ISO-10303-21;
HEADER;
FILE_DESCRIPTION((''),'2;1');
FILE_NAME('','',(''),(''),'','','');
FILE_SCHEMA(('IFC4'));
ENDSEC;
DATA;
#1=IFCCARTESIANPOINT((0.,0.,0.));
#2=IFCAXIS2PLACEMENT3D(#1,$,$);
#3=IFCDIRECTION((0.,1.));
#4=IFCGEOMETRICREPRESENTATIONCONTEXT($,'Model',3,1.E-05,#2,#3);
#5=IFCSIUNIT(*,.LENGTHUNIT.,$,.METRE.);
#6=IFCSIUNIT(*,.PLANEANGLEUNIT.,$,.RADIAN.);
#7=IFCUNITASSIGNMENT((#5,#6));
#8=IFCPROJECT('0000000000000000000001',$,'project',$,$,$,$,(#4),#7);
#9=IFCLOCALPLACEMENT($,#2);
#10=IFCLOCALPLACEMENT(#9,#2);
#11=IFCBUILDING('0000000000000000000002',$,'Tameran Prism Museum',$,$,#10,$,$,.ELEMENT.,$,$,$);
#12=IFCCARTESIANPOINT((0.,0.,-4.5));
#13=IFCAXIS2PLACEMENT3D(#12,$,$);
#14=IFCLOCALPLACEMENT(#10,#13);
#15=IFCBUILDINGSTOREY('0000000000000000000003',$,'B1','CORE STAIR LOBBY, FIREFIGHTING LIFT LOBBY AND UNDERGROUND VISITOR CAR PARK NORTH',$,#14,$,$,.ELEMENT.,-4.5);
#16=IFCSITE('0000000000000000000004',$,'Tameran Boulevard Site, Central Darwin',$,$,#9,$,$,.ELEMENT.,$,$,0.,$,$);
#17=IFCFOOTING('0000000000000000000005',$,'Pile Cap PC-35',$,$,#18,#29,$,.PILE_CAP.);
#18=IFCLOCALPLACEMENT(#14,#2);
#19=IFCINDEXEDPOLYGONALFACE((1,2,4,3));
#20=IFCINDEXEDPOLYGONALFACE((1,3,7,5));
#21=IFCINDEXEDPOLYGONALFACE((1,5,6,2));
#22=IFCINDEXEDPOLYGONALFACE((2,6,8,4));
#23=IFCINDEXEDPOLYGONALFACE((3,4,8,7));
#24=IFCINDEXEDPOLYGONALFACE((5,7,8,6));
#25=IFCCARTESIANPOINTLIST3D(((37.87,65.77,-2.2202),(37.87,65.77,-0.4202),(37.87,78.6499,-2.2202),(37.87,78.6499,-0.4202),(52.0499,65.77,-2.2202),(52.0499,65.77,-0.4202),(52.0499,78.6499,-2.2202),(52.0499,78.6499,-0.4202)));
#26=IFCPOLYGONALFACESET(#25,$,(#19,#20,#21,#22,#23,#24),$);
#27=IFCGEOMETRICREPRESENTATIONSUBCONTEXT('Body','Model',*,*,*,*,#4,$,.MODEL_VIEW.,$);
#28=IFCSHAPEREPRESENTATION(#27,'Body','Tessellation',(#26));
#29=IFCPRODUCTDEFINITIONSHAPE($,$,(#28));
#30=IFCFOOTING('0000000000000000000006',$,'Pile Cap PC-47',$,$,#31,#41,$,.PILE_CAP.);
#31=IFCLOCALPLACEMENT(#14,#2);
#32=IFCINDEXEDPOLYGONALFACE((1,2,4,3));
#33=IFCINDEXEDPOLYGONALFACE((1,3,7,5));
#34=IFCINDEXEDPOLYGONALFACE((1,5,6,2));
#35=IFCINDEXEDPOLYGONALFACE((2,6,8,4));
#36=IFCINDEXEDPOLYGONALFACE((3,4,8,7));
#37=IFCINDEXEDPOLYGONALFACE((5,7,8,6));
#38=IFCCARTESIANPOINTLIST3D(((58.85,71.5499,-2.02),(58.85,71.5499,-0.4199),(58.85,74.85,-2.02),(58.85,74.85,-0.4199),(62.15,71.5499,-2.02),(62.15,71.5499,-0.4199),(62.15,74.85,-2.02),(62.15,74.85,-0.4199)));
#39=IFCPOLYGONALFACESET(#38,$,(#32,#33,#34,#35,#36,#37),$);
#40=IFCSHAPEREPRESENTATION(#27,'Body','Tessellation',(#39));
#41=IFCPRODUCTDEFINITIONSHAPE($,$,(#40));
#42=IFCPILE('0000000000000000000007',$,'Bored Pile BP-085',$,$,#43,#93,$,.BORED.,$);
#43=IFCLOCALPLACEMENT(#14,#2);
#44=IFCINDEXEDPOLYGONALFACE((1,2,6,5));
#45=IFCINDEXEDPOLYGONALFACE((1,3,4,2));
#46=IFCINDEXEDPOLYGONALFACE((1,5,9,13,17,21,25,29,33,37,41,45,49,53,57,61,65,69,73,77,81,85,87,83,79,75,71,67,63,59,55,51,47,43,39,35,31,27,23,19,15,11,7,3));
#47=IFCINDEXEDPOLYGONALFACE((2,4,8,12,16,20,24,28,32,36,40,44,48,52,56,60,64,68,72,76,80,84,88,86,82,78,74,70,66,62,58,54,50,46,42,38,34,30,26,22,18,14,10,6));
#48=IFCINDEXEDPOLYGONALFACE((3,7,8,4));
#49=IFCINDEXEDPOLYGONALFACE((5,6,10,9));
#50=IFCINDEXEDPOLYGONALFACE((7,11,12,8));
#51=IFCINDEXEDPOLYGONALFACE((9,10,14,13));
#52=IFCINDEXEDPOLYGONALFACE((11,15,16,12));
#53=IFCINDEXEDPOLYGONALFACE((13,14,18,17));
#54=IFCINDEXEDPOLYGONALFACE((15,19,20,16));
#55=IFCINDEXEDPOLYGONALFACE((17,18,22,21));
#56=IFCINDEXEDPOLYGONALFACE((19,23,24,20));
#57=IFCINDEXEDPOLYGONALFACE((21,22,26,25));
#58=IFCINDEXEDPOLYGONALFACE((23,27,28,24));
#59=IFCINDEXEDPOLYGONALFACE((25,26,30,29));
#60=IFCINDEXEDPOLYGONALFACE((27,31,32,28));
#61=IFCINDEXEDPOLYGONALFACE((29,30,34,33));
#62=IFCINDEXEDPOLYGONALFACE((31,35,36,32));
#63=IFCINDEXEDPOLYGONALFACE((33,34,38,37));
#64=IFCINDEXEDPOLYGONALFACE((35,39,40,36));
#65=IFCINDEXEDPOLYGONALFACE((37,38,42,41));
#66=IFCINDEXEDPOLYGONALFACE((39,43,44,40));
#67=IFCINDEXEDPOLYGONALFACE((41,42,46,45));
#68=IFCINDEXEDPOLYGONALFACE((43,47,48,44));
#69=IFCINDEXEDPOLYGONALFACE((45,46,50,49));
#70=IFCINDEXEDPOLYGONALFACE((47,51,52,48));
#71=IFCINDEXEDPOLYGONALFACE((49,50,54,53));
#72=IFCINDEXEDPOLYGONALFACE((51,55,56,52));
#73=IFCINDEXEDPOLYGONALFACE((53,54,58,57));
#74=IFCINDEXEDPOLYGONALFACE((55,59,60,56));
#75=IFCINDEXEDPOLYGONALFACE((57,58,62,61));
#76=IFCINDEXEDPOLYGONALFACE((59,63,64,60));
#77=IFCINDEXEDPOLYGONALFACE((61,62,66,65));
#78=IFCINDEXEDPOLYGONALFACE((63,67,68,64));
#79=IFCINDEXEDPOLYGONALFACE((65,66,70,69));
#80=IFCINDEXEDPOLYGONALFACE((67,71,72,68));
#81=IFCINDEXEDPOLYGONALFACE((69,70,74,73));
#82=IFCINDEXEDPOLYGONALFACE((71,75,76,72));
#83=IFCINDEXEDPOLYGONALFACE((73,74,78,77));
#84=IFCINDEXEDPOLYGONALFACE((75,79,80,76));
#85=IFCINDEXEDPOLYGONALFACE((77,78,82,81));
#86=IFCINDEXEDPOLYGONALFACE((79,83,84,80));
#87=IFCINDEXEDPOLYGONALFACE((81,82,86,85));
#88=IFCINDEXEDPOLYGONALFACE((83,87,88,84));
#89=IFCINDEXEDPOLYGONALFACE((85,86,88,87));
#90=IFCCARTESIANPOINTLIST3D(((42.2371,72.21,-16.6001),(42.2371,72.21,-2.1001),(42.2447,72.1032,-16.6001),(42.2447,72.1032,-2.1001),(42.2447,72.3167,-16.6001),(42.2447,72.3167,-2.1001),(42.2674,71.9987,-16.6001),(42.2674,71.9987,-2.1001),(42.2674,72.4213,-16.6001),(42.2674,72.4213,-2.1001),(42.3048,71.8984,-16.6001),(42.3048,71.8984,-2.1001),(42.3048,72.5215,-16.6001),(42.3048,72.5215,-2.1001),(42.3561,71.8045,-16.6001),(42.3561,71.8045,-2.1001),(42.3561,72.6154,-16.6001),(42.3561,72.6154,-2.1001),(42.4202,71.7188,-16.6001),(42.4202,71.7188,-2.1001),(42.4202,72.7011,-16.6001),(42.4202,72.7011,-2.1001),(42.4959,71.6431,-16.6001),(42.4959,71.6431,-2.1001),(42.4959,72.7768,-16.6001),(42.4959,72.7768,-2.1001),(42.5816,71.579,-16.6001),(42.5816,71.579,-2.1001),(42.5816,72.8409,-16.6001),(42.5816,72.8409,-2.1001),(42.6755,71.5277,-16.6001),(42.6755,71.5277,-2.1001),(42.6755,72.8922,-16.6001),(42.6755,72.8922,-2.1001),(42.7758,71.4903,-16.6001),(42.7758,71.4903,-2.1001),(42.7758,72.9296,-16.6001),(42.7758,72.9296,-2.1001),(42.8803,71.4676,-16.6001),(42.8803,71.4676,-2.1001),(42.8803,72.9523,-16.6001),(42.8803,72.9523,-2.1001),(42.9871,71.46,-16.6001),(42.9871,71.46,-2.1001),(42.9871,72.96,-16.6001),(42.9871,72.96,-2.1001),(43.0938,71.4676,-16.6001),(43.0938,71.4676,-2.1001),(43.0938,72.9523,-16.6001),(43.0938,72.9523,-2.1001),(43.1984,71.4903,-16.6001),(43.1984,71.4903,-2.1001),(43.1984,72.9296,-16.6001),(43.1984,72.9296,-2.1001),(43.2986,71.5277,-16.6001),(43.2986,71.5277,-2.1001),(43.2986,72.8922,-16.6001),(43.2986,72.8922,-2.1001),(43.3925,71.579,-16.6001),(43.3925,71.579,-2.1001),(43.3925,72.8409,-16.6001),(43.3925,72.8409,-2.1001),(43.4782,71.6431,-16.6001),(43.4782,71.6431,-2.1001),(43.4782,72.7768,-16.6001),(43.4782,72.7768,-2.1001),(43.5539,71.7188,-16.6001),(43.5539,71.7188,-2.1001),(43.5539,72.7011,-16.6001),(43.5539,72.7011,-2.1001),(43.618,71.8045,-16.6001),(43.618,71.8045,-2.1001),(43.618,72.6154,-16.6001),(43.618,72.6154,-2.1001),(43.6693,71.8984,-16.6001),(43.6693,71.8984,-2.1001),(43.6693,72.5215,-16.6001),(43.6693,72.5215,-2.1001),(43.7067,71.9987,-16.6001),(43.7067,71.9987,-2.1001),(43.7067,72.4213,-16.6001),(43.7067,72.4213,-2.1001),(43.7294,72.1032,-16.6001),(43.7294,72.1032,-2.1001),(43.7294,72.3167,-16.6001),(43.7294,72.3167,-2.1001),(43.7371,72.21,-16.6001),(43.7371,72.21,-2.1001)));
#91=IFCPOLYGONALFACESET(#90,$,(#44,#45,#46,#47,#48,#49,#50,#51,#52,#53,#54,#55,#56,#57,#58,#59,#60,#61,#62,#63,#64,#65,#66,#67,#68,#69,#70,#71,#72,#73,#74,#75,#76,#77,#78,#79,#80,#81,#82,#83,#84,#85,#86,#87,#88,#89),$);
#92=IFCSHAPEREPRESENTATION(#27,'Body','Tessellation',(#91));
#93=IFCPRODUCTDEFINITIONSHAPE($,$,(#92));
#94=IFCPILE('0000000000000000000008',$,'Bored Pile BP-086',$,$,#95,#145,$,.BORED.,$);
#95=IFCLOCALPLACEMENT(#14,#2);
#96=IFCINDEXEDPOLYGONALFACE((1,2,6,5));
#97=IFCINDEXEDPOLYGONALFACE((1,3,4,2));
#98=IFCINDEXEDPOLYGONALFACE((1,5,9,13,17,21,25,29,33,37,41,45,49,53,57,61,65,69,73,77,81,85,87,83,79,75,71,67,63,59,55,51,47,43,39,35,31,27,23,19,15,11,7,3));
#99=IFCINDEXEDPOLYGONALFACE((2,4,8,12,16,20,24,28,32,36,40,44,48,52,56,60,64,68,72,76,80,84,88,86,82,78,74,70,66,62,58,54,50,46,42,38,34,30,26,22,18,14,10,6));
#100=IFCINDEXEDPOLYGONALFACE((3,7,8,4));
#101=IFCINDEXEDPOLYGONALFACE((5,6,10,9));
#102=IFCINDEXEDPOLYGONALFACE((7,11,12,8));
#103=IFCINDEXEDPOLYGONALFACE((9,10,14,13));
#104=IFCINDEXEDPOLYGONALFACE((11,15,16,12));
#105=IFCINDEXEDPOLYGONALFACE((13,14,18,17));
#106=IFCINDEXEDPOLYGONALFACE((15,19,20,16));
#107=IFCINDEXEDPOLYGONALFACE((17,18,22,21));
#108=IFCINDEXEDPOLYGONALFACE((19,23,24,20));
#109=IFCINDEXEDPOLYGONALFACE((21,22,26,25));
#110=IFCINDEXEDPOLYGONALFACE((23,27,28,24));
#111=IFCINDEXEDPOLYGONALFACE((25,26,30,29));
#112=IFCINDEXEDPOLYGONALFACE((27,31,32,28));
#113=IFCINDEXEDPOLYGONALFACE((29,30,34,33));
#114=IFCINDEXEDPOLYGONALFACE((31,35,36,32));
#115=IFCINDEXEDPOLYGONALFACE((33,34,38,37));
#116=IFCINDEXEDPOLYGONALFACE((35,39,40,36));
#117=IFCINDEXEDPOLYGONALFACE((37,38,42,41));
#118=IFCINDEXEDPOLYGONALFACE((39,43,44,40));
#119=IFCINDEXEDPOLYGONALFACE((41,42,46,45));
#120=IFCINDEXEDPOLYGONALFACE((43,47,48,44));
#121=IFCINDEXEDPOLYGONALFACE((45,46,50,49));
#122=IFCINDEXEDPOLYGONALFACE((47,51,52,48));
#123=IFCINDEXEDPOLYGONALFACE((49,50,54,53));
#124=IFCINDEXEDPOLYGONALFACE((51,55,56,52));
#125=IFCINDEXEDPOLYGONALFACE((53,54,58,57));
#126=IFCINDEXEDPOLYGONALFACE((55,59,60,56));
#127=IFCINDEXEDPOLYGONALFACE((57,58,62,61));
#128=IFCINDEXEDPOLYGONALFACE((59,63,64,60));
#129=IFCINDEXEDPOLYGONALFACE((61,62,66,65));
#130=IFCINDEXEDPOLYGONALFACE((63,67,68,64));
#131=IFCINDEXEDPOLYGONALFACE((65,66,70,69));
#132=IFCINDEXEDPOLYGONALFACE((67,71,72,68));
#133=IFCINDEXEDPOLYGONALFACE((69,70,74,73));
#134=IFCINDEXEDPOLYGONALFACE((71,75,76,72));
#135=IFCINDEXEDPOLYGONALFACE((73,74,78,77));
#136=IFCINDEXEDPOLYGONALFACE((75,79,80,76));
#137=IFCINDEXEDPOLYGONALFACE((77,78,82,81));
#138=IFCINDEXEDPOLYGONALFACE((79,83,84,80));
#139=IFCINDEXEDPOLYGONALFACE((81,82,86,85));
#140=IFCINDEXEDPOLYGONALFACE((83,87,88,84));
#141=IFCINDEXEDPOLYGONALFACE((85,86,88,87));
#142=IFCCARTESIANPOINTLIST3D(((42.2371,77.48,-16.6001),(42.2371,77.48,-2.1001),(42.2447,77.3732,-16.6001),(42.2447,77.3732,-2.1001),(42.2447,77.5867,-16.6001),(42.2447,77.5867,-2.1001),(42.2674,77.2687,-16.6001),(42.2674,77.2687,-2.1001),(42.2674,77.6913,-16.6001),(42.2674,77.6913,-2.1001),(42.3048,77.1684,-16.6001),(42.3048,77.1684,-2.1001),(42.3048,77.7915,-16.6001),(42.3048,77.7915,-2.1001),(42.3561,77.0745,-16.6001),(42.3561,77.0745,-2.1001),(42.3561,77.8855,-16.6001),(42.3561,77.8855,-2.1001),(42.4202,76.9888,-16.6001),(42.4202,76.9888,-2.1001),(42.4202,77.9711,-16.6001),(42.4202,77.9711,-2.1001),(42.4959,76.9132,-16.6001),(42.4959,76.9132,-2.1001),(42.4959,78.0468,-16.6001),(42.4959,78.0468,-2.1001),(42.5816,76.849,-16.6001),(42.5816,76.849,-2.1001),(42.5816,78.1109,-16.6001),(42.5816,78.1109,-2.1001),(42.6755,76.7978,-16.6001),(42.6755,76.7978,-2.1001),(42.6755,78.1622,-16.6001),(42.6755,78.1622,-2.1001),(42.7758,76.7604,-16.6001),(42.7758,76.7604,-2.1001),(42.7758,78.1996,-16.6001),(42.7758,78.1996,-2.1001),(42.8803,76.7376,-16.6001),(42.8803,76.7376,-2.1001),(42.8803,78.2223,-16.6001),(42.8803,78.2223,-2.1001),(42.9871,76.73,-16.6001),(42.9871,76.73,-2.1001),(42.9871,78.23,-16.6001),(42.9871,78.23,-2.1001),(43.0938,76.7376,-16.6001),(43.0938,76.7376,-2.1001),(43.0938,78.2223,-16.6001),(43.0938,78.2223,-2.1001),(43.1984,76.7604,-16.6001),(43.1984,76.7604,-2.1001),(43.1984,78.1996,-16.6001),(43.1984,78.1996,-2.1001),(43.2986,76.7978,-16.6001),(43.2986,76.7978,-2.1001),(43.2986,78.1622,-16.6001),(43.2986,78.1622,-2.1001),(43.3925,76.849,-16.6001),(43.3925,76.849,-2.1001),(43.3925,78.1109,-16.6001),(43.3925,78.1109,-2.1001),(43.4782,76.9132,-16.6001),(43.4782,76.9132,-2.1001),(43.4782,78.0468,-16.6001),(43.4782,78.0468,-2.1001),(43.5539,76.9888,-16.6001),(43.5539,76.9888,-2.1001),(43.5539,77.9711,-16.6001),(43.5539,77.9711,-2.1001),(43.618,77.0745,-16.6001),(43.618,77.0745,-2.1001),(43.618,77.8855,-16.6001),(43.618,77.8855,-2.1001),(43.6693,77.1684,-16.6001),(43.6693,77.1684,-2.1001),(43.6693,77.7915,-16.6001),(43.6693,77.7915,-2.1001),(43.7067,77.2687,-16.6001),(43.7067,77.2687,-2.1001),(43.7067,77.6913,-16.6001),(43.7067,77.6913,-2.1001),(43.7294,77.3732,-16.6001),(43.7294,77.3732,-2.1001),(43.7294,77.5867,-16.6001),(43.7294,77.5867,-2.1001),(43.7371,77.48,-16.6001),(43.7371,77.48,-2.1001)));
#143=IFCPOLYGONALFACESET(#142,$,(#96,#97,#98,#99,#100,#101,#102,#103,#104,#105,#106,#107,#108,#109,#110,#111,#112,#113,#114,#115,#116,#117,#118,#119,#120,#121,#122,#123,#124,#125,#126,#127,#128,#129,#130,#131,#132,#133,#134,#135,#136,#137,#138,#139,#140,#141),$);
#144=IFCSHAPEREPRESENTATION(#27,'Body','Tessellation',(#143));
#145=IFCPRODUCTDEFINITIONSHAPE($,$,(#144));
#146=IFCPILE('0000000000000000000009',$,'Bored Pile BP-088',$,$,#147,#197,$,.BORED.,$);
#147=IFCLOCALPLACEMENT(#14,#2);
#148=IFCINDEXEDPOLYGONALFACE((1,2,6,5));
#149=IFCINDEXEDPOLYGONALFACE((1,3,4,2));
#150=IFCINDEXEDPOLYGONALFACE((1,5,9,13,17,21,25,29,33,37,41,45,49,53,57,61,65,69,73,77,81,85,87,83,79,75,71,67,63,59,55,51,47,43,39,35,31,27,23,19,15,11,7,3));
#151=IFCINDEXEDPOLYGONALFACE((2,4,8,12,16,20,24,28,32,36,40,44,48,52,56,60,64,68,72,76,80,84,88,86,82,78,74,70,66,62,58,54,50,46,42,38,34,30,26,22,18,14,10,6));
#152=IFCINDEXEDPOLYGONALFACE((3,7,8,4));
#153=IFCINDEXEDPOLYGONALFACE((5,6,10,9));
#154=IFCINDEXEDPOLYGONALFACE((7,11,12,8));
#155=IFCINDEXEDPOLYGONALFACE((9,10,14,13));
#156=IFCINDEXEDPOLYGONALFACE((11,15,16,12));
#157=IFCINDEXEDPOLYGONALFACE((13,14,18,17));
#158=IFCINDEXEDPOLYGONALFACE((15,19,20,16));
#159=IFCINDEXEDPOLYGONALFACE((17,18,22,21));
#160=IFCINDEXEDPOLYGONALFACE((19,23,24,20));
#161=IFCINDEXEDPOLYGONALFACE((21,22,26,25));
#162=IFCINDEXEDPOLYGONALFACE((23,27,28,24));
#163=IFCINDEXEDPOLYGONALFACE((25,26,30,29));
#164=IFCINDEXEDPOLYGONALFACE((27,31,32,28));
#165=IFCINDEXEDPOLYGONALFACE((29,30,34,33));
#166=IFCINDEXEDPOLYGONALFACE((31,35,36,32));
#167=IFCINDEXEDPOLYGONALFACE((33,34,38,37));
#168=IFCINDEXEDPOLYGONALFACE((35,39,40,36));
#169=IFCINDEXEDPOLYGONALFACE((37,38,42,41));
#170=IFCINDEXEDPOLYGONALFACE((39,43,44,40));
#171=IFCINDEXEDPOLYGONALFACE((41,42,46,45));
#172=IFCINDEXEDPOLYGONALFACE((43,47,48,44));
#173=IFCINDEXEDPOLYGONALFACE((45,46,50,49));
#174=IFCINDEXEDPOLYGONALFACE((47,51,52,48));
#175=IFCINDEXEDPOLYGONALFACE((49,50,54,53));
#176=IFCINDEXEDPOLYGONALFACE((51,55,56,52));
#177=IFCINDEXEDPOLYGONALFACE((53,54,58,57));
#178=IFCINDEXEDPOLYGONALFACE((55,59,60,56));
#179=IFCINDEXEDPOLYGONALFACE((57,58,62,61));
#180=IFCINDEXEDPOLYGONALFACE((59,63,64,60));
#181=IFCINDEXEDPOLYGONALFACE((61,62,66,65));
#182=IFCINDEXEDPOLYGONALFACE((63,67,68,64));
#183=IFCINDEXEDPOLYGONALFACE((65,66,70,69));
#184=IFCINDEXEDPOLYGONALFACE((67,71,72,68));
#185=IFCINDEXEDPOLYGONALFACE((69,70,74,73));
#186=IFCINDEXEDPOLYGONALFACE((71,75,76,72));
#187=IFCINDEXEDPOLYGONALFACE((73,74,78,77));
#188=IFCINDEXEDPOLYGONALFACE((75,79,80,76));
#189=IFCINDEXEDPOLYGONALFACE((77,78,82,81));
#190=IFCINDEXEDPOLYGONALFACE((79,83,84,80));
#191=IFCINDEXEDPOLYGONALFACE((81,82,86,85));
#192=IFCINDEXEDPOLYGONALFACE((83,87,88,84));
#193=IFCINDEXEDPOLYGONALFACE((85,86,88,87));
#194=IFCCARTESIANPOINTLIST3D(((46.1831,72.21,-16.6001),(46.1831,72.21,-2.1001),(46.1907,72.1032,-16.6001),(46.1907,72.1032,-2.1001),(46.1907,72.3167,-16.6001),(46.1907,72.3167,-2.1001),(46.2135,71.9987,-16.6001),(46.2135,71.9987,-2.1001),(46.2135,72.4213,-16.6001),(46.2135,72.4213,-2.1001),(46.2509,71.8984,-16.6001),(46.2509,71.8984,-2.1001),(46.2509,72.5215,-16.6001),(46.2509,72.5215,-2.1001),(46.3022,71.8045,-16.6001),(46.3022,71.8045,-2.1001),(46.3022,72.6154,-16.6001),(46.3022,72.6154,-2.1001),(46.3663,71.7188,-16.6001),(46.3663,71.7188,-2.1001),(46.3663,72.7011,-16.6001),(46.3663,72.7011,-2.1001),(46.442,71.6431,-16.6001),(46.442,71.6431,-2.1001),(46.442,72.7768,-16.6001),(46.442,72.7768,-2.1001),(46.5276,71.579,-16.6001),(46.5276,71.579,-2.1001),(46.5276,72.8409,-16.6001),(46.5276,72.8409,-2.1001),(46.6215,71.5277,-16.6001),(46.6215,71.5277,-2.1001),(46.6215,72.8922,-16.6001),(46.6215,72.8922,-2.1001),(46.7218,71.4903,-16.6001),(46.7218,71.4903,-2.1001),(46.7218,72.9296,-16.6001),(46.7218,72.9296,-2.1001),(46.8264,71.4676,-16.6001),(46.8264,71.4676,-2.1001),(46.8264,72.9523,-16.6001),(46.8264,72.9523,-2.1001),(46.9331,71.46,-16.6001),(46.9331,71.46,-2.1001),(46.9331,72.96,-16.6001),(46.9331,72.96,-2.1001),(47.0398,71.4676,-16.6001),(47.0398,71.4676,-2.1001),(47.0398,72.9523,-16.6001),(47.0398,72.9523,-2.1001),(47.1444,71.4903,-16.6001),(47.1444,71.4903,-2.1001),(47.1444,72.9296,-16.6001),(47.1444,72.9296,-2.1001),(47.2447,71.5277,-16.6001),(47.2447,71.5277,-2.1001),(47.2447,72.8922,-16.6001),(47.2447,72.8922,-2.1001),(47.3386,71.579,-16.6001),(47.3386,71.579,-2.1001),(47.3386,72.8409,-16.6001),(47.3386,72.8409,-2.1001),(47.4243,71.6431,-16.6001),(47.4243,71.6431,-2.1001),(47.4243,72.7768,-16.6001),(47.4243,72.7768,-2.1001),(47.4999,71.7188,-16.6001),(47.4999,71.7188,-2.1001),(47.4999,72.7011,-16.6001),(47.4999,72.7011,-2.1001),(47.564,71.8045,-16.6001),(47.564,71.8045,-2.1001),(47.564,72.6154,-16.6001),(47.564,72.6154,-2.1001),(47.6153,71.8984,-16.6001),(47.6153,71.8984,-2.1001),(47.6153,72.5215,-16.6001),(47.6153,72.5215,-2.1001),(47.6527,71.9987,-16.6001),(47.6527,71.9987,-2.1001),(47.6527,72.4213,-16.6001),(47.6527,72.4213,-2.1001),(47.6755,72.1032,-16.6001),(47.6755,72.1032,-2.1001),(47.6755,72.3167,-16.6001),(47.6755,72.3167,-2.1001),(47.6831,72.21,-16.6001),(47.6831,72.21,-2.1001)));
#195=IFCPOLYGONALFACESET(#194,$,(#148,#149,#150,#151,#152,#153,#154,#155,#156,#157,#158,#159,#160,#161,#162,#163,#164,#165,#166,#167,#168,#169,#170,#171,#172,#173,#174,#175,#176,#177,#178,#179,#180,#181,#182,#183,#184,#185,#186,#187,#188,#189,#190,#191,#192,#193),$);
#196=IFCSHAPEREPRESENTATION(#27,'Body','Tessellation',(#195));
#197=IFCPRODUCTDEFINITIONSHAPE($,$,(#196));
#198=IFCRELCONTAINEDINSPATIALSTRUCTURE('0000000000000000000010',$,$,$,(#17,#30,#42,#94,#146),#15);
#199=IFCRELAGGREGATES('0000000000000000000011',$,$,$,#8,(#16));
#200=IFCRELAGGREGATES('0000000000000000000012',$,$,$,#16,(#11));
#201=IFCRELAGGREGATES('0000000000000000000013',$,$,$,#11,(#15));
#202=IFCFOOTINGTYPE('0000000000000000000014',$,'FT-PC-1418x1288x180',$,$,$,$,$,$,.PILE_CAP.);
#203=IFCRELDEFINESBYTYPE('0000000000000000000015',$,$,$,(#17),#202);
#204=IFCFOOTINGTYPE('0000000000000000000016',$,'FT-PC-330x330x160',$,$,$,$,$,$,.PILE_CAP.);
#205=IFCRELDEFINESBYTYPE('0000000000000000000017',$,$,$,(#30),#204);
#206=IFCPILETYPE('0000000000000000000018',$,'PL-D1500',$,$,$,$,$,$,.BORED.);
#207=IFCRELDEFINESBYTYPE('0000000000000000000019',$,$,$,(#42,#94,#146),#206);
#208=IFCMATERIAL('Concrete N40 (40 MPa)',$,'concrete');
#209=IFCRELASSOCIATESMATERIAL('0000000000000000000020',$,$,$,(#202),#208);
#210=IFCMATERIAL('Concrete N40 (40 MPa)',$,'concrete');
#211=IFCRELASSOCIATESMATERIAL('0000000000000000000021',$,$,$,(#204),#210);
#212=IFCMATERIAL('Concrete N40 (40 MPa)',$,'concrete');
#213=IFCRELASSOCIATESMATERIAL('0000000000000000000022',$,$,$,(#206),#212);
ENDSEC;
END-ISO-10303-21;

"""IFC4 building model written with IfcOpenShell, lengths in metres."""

from ifc_helpers import new_model, si_unit, direction, frame, origin, origin_2d, place, context, subcontext, project, spatial, rectangle, circle, extrude, material, material_profile, profile_set, type_object, element, save


model = new_model("IFC4")

# Units and contexts
model_context = context("Model", 3, precision=1e-05, world=origin(), true_north=direction((0.0, 1.0)))
body_context = subcontext(model_context, "Body", "Model", "MODEL_VIEW")
ifc_project = project(units=[si_unit("LENGTHUNIT", "METRE"), si_unit("PLANEANGLEUNIT", "RADIAN")], contexts=[model_context])

# Site, building, storey
site_placement = place(None, origin())
site = spatial("IfcSite", under=ifc_project, at=site_placement, Name="Tameran Boulevard Site, Central Darwin", CompositionType="ELEMENT", RefElevation=0.0)
building_placement = place(site_placement, origin())
building = spatial("IfcBuilding", under=site, at=building_placement, Name="Tameran Prism Museum", CompositionType="ELEMENT")
storey_placement = place(building_placement, frame((0.0, 0.0, -4.5)))
storey = spatial("IfcBuildingStorey", under=building, at=storey_placement, Name="B1", Description="CORE STAIR LOBBY, FIREFIGHTING LIFT LOBBY AND UNDERGROUND VISITOR CAR PARK NORTH", CompositionType="ELEMENT", Elevation=-4.5)

# Footings
ifc_material_1 = material(Name="Concrete N40 (40 MPa)", Category="concrete")
footing_type_1 = type_object("IfcFootingType", Name="FT-PC-1418x1288x180", PredefinedType="PILE_CAP", material=ifc_material_1)
footing_1_placement = place(storey_placement, frame((44.96, 72.21, -2.2202), z_axis=(0.0, 0.0, 1.0), x_axis=(1.0, 0.0, 0.0)))
element("IfcFooting", 1, at=footing_1_placement, inside=storey, type_object=footing_type_1, Name="Pile Cap PC-35", PredefinedType="PILE_CAP", context=body_context, shape_type="SweptSolid", body=[
    extrude(rectangle(XDim=14.1799, YDim=12.8799, at=origin_2d()), origin(), (0.0, 0.0, 1.0), 1.8),
])
ifc_material_2 = material(Name="Concrete N40 (40 MPa)", Category="concrete")
footing_type_2 = type_object("IfcFootingType", Name="FT-PC-330x330x160", PredefinedType="PILE_CAP", material=ifc_material_2)
footing_2_placement = place(storey_placement, frame((60.5, 73.2, -2.02), z_axis=(0.0, 0.0, 1.0), x_axis=(1.0, 0.0, 0.0)))
element("IfcFooting", 2, at=footing_2_placement, inside=storey, type_object=footing_type_2, Name="Pile Cap PC-47", PredefinedType="PILE_CAP", context=body_context, shape_type="SweptSolid", body=[
    extrude(rectangle(XDim=3.3, YDim=3.3, at=origin_2d()), origin(), (0.0, 0.0, 1.0), 1.6001),
])

# Piles
ifc_material_3 = material(Name="Concrete N40 (40 MPa)", Category="concrete")
ifc_material_profile_1 = material_profile(ifc_material_3, circle(Radius=0.75, at=origin_2d()))
ifc_profile_set_1 = profile_set([ifc_material_profile_1])
pile_type_1 = type_object("IfcPileType", Name="PL-D1500", PredefinedType="BORED", material=ifc_profile_set_1)
for number, where, z_axis, x_axis, name in (
    (3, (42.9871, 72.21, -2.1001), (0.0, 0.0, -1.0), (1.0, 0.0, 0.0), "Bored Pile BP-085"),
    (4, (42.9871, 77.48, -2.1001), (0.0, 0.0, -1.0), (1.0, 0.0, 0.0), "Bored Pile BP-086"),
    (5, (46.9331, 72.21, -2.1001), (0.0, 0.0, -1.0), (1.0, 0.0, 0.0), "Bored Pile BP-088"),
):
    element("IfcPile", number, at=place(storey_placement, frame(where, z_axis=z_axis, x_axis=x_axis)), inside=storey, type_object=pile_type_1, Name=name, PredefinedType="BORED", context=body_context, shape_type="SweptSolid", body=[
        extrude(circle(Radius=0.75, at=origin_2d()), origin(), (0.0, 0.0, 1.0), 14.5),
    ])

save(model, "model.ifc")
